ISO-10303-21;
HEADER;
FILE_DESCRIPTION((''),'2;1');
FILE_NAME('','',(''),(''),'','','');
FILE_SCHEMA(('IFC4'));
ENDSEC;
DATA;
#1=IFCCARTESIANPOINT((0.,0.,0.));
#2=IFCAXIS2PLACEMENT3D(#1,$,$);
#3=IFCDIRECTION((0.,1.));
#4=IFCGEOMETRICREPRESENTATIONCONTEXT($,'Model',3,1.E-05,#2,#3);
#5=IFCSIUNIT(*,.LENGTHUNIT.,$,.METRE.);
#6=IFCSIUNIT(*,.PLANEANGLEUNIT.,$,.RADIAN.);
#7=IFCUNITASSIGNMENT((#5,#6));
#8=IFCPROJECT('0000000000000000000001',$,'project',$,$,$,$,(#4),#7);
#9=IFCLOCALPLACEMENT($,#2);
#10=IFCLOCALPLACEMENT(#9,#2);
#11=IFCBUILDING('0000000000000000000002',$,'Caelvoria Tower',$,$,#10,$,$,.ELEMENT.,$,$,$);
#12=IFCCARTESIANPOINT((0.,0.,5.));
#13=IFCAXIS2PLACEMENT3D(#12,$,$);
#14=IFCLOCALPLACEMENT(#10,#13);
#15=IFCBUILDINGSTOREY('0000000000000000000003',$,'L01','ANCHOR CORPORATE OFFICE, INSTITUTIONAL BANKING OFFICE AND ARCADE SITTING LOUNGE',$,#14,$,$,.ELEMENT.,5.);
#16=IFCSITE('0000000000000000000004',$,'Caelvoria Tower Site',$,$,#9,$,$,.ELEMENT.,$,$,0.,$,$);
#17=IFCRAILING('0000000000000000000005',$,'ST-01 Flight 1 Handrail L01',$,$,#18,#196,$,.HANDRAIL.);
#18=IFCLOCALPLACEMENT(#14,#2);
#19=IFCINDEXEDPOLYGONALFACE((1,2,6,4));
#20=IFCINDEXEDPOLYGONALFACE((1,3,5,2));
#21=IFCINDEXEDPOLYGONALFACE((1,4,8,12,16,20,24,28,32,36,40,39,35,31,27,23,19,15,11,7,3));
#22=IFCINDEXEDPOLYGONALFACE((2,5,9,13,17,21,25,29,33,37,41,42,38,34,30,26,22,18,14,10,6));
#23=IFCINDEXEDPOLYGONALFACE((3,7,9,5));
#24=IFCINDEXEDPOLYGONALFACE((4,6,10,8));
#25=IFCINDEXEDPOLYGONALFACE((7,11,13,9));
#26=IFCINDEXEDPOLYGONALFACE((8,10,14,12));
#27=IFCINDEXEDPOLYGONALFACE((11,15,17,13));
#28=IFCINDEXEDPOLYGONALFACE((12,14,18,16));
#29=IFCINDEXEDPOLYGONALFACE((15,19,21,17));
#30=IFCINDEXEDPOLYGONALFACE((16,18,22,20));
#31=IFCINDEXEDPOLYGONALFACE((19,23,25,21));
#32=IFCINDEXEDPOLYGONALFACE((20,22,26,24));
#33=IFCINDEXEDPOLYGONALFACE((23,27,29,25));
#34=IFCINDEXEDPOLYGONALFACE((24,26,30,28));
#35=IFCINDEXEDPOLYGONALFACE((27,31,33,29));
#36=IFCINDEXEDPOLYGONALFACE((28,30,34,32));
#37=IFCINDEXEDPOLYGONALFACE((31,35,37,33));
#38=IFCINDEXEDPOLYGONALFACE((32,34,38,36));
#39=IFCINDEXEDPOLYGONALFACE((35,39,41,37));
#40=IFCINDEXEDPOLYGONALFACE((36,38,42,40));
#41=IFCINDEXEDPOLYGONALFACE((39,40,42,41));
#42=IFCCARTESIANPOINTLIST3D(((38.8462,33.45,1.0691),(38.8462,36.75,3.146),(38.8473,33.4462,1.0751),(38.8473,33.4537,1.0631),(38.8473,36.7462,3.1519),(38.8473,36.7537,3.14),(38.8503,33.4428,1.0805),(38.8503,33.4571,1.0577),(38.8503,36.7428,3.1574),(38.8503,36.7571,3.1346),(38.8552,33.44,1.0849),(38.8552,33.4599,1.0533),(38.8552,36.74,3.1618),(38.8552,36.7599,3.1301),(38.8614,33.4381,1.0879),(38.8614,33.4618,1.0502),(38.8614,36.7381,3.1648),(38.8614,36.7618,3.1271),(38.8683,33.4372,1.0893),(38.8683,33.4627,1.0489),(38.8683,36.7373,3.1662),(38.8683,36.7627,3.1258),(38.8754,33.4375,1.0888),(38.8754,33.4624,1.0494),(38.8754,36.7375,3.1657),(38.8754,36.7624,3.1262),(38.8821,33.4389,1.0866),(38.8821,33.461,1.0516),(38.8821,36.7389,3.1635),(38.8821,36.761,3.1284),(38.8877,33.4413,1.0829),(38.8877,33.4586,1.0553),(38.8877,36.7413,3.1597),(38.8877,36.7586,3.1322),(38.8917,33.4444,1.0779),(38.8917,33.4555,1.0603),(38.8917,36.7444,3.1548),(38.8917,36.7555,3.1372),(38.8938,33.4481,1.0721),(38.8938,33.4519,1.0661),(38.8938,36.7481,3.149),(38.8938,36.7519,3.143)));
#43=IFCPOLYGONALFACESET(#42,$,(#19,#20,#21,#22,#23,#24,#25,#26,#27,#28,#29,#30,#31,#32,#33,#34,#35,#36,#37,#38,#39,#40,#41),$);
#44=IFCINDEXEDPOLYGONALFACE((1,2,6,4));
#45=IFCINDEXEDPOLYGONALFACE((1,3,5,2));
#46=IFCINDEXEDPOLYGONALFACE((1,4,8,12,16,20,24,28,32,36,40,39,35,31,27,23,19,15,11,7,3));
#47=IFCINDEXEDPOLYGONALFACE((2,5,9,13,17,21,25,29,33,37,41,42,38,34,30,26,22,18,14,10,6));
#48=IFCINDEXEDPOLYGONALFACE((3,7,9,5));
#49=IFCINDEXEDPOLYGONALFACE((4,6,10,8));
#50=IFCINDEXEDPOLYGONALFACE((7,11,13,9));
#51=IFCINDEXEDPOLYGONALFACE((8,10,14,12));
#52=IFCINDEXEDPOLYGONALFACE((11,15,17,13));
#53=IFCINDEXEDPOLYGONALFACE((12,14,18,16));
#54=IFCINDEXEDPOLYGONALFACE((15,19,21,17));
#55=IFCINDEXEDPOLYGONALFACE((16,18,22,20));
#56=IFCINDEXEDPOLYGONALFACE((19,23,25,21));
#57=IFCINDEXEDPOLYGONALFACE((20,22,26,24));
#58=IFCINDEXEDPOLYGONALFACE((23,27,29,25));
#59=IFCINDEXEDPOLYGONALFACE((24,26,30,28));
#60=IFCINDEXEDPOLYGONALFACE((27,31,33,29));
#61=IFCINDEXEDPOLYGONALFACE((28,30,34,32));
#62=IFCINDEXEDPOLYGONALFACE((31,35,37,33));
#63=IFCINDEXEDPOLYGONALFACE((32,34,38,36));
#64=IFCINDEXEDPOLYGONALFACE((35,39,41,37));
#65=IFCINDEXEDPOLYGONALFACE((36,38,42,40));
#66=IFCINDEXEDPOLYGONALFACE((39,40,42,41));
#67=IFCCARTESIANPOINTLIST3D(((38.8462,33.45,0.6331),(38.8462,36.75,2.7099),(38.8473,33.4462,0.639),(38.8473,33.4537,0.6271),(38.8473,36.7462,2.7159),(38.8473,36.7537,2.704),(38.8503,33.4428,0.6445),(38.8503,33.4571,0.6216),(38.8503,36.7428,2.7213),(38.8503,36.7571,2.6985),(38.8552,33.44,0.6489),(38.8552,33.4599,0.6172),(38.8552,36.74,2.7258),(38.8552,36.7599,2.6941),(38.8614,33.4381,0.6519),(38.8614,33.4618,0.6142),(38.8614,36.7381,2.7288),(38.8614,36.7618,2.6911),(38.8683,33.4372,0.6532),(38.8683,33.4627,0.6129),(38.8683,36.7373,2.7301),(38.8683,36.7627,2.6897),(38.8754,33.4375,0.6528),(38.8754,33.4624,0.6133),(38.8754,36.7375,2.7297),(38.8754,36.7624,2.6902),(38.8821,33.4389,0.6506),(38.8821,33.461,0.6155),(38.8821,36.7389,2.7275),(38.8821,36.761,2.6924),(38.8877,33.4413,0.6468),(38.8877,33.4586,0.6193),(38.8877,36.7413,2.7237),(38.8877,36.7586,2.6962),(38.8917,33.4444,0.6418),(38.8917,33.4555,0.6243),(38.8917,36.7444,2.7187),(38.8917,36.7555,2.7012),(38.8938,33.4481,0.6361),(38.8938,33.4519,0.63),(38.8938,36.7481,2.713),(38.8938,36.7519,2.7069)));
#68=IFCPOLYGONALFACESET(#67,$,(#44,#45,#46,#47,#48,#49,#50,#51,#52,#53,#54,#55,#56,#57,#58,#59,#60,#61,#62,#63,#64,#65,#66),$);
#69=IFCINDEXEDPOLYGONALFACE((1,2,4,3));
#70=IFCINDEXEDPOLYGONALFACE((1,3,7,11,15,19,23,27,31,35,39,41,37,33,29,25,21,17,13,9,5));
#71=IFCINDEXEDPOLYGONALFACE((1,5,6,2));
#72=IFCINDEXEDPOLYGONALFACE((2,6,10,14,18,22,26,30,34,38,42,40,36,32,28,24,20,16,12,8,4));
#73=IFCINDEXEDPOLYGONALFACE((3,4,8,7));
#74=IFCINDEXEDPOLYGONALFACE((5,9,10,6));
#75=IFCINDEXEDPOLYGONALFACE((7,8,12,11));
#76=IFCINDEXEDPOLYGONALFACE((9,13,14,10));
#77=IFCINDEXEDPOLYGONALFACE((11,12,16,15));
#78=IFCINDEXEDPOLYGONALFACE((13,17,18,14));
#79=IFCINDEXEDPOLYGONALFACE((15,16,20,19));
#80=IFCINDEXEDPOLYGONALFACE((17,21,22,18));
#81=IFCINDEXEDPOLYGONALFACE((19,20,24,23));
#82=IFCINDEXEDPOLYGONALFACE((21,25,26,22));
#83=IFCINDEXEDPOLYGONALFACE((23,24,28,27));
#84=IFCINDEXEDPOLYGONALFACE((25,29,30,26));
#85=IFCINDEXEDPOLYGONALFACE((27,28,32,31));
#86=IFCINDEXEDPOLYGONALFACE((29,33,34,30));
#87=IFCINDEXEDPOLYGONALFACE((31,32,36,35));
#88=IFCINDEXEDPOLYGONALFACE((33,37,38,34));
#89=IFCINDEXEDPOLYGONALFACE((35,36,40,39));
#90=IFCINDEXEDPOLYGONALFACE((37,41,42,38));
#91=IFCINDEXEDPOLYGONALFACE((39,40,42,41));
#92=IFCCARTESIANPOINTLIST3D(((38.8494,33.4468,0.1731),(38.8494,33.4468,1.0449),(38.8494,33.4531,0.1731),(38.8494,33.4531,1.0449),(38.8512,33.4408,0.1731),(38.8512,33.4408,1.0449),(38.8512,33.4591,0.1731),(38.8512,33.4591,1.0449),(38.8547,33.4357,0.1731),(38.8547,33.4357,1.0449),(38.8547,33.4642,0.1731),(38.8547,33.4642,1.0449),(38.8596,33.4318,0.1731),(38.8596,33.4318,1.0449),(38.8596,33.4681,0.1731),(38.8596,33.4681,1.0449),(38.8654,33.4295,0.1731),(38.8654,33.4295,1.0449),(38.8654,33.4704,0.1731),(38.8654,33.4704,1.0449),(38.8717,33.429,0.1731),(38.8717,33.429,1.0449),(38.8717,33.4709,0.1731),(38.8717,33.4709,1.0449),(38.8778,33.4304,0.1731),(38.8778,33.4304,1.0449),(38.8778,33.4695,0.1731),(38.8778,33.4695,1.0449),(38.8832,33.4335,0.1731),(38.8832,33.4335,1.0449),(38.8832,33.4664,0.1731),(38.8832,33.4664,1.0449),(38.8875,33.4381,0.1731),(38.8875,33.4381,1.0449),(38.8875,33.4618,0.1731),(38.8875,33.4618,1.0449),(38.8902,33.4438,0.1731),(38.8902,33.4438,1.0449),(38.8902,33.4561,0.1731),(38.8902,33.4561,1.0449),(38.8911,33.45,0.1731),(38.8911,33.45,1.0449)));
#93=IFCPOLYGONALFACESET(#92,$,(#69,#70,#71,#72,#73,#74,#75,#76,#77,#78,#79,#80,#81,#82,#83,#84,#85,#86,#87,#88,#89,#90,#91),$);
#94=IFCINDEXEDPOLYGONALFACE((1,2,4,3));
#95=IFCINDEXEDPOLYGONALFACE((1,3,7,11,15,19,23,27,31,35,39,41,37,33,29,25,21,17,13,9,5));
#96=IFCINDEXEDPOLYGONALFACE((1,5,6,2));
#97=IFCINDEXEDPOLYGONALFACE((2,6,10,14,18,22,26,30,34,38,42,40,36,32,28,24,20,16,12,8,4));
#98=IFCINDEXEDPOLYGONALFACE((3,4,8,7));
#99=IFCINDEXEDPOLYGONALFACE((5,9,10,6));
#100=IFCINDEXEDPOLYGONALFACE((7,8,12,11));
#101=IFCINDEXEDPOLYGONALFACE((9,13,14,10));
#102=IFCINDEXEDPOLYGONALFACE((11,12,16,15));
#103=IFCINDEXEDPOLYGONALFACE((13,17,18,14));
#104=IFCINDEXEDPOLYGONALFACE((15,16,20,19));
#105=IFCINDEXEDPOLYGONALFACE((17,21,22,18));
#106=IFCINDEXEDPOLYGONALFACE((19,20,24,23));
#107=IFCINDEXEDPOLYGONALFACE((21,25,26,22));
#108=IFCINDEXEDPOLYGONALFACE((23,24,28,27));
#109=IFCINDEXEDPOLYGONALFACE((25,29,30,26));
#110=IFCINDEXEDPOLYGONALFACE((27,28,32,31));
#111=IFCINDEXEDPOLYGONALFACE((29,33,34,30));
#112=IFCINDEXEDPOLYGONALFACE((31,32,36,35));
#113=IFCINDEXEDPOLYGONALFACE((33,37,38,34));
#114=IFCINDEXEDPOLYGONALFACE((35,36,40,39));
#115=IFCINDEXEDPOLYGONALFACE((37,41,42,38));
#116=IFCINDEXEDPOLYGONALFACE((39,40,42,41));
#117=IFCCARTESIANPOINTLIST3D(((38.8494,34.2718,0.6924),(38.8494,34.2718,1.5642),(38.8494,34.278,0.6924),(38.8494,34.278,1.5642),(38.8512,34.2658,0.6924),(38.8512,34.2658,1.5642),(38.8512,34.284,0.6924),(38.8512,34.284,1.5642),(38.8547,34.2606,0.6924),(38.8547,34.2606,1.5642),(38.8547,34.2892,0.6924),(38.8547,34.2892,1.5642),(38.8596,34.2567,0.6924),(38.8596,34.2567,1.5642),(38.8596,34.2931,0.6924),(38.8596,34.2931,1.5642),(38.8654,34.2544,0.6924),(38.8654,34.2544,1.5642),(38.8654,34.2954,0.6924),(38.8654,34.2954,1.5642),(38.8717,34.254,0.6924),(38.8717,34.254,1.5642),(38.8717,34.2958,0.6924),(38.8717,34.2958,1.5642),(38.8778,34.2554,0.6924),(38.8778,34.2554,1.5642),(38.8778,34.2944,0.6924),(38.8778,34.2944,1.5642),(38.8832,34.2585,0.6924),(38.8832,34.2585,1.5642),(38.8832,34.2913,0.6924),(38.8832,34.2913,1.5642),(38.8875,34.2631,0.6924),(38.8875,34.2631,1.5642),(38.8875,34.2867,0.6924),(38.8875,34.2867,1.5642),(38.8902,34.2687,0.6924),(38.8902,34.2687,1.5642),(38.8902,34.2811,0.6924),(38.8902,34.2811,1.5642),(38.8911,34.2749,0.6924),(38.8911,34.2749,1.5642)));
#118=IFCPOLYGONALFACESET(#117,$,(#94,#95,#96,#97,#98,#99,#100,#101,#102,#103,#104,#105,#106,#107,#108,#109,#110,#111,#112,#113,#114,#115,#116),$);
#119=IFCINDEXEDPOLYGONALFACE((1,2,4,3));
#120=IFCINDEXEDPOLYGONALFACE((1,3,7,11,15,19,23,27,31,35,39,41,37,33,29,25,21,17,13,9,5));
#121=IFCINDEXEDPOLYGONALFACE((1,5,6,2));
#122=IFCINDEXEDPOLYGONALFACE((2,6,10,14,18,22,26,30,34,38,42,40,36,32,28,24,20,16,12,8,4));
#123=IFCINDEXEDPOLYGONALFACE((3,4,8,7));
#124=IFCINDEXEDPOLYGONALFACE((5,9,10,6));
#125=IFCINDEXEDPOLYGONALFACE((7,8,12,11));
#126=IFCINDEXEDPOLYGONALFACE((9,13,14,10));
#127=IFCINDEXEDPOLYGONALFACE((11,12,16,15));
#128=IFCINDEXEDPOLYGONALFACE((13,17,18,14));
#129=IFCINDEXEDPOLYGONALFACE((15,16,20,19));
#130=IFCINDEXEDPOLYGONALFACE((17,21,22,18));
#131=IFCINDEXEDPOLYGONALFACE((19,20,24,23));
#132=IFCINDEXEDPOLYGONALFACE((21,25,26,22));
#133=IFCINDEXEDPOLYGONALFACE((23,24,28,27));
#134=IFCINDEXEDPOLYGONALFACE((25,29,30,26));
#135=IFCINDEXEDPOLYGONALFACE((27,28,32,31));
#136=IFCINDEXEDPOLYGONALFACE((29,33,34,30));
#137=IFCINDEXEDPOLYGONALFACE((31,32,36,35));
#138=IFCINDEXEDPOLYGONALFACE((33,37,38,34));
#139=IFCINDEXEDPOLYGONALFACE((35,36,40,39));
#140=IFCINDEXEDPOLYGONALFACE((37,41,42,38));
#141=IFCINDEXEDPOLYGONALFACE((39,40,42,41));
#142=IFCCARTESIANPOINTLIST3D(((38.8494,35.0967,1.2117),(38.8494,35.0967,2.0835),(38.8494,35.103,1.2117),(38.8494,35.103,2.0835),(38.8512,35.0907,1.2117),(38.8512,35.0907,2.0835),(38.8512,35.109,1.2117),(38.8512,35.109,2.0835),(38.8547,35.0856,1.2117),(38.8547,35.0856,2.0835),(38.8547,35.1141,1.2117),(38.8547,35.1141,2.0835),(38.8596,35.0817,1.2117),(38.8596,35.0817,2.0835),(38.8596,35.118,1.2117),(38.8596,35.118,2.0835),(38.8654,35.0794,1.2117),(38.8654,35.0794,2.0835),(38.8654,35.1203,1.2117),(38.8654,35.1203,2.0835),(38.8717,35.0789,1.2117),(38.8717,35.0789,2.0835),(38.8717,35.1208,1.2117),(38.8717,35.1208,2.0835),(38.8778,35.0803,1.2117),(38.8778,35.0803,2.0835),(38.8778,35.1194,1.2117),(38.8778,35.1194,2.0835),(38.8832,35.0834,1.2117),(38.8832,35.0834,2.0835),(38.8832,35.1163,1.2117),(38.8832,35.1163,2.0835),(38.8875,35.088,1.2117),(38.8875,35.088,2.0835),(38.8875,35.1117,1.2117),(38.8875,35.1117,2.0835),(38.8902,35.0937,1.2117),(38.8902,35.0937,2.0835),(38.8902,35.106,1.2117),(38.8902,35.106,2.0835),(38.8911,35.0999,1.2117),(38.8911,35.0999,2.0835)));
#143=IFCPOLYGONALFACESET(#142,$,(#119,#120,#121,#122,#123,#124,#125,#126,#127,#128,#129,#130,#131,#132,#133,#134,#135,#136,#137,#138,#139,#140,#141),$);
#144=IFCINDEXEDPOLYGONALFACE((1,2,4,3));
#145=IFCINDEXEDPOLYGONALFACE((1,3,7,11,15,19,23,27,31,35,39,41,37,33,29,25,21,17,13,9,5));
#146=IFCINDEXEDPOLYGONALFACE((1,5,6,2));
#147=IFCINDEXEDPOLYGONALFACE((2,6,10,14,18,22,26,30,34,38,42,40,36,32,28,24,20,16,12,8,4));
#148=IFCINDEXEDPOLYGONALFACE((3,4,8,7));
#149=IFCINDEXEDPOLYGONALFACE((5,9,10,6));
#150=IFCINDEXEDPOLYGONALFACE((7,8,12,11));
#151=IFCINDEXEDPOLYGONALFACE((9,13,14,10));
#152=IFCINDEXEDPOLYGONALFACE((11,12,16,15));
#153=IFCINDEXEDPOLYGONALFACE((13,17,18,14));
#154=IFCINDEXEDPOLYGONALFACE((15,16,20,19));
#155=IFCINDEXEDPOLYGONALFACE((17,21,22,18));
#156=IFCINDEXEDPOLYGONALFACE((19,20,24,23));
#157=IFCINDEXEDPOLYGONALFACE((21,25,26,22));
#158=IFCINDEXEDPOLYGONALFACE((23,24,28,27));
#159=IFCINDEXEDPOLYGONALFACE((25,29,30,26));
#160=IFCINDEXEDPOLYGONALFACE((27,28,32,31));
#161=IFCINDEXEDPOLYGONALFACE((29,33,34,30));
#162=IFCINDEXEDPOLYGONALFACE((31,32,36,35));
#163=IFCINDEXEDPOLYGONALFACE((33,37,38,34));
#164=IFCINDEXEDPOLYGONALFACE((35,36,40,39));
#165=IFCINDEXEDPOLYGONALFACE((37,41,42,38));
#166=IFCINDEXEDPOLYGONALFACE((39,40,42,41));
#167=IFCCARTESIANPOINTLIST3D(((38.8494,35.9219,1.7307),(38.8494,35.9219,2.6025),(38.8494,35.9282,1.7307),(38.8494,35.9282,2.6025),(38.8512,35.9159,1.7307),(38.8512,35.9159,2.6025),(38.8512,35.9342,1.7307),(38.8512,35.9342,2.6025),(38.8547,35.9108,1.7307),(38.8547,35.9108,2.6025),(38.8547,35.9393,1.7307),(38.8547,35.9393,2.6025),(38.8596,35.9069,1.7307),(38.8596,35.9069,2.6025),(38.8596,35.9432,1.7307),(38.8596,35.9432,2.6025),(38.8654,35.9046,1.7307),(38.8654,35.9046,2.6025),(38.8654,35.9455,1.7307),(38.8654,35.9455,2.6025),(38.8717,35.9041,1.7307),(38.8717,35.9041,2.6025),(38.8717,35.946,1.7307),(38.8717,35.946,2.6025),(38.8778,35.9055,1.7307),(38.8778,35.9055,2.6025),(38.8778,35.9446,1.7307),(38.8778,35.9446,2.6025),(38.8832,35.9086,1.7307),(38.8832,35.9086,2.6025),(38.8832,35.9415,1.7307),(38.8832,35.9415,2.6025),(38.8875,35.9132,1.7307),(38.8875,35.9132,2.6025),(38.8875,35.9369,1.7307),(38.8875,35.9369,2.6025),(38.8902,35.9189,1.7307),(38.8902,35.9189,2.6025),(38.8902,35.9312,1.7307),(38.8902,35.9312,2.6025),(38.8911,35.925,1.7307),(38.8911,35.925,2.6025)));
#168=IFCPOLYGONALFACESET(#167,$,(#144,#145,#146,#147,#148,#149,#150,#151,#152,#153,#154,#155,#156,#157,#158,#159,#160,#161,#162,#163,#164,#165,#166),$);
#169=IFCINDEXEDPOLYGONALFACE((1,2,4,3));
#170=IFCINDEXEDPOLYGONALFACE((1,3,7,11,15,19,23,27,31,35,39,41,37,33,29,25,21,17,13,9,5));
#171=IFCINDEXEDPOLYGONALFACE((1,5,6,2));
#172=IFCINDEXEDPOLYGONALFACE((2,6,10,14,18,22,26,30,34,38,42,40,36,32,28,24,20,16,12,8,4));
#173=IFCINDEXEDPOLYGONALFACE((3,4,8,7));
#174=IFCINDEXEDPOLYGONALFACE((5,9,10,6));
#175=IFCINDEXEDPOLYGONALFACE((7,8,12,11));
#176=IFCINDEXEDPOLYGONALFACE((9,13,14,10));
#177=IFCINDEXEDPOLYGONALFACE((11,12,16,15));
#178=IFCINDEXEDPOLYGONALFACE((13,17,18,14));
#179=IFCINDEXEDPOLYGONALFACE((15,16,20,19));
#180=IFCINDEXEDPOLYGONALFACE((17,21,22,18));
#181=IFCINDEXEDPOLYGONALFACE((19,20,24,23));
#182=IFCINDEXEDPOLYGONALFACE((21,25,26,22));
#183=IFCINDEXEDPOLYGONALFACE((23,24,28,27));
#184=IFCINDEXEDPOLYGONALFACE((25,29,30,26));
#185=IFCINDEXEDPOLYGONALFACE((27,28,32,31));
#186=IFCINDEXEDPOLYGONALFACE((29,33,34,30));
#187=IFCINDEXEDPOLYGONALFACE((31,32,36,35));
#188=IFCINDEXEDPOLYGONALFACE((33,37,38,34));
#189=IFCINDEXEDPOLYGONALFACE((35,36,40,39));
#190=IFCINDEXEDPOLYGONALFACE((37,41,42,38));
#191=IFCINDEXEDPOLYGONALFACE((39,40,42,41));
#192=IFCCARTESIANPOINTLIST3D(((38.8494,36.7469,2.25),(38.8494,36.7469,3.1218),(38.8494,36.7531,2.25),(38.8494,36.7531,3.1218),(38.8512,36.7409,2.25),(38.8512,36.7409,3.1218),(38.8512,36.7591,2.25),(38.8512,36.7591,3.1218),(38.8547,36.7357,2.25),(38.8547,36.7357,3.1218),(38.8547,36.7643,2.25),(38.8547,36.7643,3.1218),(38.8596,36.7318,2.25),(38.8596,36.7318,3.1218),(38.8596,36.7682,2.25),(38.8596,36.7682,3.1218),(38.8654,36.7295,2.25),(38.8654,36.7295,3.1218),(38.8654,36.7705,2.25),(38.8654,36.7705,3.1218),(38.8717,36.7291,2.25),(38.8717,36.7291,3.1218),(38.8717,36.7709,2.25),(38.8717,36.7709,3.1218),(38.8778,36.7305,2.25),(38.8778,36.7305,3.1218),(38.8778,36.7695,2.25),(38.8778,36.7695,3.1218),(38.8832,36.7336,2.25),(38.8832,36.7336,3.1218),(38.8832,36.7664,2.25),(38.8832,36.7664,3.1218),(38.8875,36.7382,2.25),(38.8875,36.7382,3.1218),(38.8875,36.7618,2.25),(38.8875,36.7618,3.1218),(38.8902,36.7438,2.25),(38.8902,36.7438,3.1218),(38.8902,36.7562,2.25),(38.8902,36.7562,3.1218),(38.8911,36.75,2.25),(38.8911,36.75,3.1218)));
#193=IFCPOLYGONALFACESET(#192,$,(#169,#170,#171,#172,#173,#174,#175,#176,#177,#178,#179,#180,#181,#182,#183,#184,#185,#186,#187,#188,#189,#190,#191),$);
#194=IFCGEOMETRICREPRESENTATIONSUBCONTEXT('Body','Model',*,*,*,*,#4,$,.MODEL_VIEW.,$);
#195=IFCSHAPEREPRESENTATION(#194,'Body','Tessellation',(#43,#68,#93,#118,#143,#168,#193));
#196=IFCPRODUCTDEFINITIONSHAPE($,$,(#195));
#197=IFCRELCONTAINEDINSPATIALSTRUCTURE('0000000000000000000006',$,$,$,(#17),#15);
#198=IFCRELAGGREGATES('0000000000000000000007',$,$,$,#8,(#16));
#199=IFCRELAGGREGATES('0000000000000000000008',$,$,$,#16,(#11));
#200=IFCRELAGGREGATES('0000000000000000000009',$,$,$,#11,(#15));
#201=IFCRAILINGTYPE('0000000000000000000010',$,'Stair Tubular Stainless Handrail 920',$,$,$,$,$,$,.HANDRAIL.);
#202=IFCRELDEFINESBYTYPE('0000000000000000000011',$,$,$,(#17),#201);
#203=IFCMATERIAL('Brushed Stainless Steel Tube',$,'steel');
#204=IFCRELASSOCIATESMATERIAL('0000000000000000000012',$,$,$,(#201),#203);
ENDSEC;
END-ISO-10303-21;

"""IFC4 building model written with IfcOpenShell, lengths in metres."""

from ifc_helpers import new_model, si_unit, direction, frame, origin, origin_2d, place, context, subcontext, project, spatial, circle, extrude, material, type_object, element, save


model = new_model("IFC4")

# Units and contexts
model_context = context("Model", 3, precision=1e-05, world=origin(), true_north=direction((0.0, 1.0)))
body_context = subcontext(model_context, "Body", "Model", "MODEL_VIEW")
ifc_project = project(units=[si_unit("LENGTHUNIT", "METRE"), si_unit("PLANEANGLEUNIT", "RADIAN")], contexts=[model_context])

# Site, building, storey
site_placement = place(None, origin())
site = spatial("IfcSite", under=ifc_project, at=site_placement, Name="Caelvoria Tower Site", CompositionType="ELEMENT", RefElevation=0.0)
building_placement = place(site_placement, origin())
building = spatial("IfcBuilding", under=site, at=building_placement, Name="Caelvoria Tower", CompositionType="ELEMENT")
storey_placement = place(building_placement, frame((0.0, 0.0, 5.0)))
storey = spatial("IfcBuildingStorey", under=building, at=storey_placement, Name="L01", Description="ANCHOR CORPORATE OFFICE, INSTITUTIONAL BANKING OFFICE AND ARCADE SITTING LOUNGE", CompositionType="ELEMENT", Elevation=5.0)

# Railing
ifc_material_1 = material(Name="Brushed Stainless Steel Tube", Category="steel")
railing_type_1 = type_object("IfcRailingType", Name="Stair Tubular Stainless Handrail 920", PredefinedType="HANDRAIL", material=ifc_material_1)
railing_1_placement = place(storey_placement, frame((38.8701, 33.45, 0.1731)))
element("IfcRailing", 1, at=railing_1_placement, inside=storey, type_object=railing_type_1, Name="ST-01 Flight 1 Handrail L01", PredefinedType="HANDRAIL", context=body_context, shape_type="SweptSolid", body=[
    extrude(circle(Radius=0.0239, at=origin_2d()), frame((0.0, 0.0, 0.896), z_axis=(0.0, 0.846337, 0.532647), x_axis=(-1.0, 0.0, 0.0)), (0.0, 0.0, 1.0), 3.8992),
    extrude(circle(Radius=0.0239, at=origin_2d()), frame((0.0, 0.0, 0.46), z_axis=(0.0, 0.846337, 0.532647), x_axis=(-1.0, 0.0, 0.0)), (0.0, 0.0, 1.0), 3.8992),
    extrude(circle(Radius=0.021, at=origin_2d()), origin(), (0.0, 0.0, 1.0), 0.8718),
    extrude(circle(Radius=0.021, at=origin_2d()), frame((0.0, 0.825, 0.5193)), (0.0, 0.0, 1.0), 0.8718),
    extrude(circle(Radius=0.021, at=origin_2d()), frame((0.0, 1.6499, 1.0386)), (0.0, 0.0, 1.0), 0.8718),
    extrude(circle(Radius=0.021, at=origin_2d()), frame((0.0, 2.4751, 1.5576)), (0.0, 0.0, 1.0), 0.8718),
    extrude(circle(Radius=0.021, at=origin_2d()), frame((0.0, 3.3, 2.0769)), (0.0, 0.0, 1.0), 0.8718),
])

save(model, "model.ifc")
